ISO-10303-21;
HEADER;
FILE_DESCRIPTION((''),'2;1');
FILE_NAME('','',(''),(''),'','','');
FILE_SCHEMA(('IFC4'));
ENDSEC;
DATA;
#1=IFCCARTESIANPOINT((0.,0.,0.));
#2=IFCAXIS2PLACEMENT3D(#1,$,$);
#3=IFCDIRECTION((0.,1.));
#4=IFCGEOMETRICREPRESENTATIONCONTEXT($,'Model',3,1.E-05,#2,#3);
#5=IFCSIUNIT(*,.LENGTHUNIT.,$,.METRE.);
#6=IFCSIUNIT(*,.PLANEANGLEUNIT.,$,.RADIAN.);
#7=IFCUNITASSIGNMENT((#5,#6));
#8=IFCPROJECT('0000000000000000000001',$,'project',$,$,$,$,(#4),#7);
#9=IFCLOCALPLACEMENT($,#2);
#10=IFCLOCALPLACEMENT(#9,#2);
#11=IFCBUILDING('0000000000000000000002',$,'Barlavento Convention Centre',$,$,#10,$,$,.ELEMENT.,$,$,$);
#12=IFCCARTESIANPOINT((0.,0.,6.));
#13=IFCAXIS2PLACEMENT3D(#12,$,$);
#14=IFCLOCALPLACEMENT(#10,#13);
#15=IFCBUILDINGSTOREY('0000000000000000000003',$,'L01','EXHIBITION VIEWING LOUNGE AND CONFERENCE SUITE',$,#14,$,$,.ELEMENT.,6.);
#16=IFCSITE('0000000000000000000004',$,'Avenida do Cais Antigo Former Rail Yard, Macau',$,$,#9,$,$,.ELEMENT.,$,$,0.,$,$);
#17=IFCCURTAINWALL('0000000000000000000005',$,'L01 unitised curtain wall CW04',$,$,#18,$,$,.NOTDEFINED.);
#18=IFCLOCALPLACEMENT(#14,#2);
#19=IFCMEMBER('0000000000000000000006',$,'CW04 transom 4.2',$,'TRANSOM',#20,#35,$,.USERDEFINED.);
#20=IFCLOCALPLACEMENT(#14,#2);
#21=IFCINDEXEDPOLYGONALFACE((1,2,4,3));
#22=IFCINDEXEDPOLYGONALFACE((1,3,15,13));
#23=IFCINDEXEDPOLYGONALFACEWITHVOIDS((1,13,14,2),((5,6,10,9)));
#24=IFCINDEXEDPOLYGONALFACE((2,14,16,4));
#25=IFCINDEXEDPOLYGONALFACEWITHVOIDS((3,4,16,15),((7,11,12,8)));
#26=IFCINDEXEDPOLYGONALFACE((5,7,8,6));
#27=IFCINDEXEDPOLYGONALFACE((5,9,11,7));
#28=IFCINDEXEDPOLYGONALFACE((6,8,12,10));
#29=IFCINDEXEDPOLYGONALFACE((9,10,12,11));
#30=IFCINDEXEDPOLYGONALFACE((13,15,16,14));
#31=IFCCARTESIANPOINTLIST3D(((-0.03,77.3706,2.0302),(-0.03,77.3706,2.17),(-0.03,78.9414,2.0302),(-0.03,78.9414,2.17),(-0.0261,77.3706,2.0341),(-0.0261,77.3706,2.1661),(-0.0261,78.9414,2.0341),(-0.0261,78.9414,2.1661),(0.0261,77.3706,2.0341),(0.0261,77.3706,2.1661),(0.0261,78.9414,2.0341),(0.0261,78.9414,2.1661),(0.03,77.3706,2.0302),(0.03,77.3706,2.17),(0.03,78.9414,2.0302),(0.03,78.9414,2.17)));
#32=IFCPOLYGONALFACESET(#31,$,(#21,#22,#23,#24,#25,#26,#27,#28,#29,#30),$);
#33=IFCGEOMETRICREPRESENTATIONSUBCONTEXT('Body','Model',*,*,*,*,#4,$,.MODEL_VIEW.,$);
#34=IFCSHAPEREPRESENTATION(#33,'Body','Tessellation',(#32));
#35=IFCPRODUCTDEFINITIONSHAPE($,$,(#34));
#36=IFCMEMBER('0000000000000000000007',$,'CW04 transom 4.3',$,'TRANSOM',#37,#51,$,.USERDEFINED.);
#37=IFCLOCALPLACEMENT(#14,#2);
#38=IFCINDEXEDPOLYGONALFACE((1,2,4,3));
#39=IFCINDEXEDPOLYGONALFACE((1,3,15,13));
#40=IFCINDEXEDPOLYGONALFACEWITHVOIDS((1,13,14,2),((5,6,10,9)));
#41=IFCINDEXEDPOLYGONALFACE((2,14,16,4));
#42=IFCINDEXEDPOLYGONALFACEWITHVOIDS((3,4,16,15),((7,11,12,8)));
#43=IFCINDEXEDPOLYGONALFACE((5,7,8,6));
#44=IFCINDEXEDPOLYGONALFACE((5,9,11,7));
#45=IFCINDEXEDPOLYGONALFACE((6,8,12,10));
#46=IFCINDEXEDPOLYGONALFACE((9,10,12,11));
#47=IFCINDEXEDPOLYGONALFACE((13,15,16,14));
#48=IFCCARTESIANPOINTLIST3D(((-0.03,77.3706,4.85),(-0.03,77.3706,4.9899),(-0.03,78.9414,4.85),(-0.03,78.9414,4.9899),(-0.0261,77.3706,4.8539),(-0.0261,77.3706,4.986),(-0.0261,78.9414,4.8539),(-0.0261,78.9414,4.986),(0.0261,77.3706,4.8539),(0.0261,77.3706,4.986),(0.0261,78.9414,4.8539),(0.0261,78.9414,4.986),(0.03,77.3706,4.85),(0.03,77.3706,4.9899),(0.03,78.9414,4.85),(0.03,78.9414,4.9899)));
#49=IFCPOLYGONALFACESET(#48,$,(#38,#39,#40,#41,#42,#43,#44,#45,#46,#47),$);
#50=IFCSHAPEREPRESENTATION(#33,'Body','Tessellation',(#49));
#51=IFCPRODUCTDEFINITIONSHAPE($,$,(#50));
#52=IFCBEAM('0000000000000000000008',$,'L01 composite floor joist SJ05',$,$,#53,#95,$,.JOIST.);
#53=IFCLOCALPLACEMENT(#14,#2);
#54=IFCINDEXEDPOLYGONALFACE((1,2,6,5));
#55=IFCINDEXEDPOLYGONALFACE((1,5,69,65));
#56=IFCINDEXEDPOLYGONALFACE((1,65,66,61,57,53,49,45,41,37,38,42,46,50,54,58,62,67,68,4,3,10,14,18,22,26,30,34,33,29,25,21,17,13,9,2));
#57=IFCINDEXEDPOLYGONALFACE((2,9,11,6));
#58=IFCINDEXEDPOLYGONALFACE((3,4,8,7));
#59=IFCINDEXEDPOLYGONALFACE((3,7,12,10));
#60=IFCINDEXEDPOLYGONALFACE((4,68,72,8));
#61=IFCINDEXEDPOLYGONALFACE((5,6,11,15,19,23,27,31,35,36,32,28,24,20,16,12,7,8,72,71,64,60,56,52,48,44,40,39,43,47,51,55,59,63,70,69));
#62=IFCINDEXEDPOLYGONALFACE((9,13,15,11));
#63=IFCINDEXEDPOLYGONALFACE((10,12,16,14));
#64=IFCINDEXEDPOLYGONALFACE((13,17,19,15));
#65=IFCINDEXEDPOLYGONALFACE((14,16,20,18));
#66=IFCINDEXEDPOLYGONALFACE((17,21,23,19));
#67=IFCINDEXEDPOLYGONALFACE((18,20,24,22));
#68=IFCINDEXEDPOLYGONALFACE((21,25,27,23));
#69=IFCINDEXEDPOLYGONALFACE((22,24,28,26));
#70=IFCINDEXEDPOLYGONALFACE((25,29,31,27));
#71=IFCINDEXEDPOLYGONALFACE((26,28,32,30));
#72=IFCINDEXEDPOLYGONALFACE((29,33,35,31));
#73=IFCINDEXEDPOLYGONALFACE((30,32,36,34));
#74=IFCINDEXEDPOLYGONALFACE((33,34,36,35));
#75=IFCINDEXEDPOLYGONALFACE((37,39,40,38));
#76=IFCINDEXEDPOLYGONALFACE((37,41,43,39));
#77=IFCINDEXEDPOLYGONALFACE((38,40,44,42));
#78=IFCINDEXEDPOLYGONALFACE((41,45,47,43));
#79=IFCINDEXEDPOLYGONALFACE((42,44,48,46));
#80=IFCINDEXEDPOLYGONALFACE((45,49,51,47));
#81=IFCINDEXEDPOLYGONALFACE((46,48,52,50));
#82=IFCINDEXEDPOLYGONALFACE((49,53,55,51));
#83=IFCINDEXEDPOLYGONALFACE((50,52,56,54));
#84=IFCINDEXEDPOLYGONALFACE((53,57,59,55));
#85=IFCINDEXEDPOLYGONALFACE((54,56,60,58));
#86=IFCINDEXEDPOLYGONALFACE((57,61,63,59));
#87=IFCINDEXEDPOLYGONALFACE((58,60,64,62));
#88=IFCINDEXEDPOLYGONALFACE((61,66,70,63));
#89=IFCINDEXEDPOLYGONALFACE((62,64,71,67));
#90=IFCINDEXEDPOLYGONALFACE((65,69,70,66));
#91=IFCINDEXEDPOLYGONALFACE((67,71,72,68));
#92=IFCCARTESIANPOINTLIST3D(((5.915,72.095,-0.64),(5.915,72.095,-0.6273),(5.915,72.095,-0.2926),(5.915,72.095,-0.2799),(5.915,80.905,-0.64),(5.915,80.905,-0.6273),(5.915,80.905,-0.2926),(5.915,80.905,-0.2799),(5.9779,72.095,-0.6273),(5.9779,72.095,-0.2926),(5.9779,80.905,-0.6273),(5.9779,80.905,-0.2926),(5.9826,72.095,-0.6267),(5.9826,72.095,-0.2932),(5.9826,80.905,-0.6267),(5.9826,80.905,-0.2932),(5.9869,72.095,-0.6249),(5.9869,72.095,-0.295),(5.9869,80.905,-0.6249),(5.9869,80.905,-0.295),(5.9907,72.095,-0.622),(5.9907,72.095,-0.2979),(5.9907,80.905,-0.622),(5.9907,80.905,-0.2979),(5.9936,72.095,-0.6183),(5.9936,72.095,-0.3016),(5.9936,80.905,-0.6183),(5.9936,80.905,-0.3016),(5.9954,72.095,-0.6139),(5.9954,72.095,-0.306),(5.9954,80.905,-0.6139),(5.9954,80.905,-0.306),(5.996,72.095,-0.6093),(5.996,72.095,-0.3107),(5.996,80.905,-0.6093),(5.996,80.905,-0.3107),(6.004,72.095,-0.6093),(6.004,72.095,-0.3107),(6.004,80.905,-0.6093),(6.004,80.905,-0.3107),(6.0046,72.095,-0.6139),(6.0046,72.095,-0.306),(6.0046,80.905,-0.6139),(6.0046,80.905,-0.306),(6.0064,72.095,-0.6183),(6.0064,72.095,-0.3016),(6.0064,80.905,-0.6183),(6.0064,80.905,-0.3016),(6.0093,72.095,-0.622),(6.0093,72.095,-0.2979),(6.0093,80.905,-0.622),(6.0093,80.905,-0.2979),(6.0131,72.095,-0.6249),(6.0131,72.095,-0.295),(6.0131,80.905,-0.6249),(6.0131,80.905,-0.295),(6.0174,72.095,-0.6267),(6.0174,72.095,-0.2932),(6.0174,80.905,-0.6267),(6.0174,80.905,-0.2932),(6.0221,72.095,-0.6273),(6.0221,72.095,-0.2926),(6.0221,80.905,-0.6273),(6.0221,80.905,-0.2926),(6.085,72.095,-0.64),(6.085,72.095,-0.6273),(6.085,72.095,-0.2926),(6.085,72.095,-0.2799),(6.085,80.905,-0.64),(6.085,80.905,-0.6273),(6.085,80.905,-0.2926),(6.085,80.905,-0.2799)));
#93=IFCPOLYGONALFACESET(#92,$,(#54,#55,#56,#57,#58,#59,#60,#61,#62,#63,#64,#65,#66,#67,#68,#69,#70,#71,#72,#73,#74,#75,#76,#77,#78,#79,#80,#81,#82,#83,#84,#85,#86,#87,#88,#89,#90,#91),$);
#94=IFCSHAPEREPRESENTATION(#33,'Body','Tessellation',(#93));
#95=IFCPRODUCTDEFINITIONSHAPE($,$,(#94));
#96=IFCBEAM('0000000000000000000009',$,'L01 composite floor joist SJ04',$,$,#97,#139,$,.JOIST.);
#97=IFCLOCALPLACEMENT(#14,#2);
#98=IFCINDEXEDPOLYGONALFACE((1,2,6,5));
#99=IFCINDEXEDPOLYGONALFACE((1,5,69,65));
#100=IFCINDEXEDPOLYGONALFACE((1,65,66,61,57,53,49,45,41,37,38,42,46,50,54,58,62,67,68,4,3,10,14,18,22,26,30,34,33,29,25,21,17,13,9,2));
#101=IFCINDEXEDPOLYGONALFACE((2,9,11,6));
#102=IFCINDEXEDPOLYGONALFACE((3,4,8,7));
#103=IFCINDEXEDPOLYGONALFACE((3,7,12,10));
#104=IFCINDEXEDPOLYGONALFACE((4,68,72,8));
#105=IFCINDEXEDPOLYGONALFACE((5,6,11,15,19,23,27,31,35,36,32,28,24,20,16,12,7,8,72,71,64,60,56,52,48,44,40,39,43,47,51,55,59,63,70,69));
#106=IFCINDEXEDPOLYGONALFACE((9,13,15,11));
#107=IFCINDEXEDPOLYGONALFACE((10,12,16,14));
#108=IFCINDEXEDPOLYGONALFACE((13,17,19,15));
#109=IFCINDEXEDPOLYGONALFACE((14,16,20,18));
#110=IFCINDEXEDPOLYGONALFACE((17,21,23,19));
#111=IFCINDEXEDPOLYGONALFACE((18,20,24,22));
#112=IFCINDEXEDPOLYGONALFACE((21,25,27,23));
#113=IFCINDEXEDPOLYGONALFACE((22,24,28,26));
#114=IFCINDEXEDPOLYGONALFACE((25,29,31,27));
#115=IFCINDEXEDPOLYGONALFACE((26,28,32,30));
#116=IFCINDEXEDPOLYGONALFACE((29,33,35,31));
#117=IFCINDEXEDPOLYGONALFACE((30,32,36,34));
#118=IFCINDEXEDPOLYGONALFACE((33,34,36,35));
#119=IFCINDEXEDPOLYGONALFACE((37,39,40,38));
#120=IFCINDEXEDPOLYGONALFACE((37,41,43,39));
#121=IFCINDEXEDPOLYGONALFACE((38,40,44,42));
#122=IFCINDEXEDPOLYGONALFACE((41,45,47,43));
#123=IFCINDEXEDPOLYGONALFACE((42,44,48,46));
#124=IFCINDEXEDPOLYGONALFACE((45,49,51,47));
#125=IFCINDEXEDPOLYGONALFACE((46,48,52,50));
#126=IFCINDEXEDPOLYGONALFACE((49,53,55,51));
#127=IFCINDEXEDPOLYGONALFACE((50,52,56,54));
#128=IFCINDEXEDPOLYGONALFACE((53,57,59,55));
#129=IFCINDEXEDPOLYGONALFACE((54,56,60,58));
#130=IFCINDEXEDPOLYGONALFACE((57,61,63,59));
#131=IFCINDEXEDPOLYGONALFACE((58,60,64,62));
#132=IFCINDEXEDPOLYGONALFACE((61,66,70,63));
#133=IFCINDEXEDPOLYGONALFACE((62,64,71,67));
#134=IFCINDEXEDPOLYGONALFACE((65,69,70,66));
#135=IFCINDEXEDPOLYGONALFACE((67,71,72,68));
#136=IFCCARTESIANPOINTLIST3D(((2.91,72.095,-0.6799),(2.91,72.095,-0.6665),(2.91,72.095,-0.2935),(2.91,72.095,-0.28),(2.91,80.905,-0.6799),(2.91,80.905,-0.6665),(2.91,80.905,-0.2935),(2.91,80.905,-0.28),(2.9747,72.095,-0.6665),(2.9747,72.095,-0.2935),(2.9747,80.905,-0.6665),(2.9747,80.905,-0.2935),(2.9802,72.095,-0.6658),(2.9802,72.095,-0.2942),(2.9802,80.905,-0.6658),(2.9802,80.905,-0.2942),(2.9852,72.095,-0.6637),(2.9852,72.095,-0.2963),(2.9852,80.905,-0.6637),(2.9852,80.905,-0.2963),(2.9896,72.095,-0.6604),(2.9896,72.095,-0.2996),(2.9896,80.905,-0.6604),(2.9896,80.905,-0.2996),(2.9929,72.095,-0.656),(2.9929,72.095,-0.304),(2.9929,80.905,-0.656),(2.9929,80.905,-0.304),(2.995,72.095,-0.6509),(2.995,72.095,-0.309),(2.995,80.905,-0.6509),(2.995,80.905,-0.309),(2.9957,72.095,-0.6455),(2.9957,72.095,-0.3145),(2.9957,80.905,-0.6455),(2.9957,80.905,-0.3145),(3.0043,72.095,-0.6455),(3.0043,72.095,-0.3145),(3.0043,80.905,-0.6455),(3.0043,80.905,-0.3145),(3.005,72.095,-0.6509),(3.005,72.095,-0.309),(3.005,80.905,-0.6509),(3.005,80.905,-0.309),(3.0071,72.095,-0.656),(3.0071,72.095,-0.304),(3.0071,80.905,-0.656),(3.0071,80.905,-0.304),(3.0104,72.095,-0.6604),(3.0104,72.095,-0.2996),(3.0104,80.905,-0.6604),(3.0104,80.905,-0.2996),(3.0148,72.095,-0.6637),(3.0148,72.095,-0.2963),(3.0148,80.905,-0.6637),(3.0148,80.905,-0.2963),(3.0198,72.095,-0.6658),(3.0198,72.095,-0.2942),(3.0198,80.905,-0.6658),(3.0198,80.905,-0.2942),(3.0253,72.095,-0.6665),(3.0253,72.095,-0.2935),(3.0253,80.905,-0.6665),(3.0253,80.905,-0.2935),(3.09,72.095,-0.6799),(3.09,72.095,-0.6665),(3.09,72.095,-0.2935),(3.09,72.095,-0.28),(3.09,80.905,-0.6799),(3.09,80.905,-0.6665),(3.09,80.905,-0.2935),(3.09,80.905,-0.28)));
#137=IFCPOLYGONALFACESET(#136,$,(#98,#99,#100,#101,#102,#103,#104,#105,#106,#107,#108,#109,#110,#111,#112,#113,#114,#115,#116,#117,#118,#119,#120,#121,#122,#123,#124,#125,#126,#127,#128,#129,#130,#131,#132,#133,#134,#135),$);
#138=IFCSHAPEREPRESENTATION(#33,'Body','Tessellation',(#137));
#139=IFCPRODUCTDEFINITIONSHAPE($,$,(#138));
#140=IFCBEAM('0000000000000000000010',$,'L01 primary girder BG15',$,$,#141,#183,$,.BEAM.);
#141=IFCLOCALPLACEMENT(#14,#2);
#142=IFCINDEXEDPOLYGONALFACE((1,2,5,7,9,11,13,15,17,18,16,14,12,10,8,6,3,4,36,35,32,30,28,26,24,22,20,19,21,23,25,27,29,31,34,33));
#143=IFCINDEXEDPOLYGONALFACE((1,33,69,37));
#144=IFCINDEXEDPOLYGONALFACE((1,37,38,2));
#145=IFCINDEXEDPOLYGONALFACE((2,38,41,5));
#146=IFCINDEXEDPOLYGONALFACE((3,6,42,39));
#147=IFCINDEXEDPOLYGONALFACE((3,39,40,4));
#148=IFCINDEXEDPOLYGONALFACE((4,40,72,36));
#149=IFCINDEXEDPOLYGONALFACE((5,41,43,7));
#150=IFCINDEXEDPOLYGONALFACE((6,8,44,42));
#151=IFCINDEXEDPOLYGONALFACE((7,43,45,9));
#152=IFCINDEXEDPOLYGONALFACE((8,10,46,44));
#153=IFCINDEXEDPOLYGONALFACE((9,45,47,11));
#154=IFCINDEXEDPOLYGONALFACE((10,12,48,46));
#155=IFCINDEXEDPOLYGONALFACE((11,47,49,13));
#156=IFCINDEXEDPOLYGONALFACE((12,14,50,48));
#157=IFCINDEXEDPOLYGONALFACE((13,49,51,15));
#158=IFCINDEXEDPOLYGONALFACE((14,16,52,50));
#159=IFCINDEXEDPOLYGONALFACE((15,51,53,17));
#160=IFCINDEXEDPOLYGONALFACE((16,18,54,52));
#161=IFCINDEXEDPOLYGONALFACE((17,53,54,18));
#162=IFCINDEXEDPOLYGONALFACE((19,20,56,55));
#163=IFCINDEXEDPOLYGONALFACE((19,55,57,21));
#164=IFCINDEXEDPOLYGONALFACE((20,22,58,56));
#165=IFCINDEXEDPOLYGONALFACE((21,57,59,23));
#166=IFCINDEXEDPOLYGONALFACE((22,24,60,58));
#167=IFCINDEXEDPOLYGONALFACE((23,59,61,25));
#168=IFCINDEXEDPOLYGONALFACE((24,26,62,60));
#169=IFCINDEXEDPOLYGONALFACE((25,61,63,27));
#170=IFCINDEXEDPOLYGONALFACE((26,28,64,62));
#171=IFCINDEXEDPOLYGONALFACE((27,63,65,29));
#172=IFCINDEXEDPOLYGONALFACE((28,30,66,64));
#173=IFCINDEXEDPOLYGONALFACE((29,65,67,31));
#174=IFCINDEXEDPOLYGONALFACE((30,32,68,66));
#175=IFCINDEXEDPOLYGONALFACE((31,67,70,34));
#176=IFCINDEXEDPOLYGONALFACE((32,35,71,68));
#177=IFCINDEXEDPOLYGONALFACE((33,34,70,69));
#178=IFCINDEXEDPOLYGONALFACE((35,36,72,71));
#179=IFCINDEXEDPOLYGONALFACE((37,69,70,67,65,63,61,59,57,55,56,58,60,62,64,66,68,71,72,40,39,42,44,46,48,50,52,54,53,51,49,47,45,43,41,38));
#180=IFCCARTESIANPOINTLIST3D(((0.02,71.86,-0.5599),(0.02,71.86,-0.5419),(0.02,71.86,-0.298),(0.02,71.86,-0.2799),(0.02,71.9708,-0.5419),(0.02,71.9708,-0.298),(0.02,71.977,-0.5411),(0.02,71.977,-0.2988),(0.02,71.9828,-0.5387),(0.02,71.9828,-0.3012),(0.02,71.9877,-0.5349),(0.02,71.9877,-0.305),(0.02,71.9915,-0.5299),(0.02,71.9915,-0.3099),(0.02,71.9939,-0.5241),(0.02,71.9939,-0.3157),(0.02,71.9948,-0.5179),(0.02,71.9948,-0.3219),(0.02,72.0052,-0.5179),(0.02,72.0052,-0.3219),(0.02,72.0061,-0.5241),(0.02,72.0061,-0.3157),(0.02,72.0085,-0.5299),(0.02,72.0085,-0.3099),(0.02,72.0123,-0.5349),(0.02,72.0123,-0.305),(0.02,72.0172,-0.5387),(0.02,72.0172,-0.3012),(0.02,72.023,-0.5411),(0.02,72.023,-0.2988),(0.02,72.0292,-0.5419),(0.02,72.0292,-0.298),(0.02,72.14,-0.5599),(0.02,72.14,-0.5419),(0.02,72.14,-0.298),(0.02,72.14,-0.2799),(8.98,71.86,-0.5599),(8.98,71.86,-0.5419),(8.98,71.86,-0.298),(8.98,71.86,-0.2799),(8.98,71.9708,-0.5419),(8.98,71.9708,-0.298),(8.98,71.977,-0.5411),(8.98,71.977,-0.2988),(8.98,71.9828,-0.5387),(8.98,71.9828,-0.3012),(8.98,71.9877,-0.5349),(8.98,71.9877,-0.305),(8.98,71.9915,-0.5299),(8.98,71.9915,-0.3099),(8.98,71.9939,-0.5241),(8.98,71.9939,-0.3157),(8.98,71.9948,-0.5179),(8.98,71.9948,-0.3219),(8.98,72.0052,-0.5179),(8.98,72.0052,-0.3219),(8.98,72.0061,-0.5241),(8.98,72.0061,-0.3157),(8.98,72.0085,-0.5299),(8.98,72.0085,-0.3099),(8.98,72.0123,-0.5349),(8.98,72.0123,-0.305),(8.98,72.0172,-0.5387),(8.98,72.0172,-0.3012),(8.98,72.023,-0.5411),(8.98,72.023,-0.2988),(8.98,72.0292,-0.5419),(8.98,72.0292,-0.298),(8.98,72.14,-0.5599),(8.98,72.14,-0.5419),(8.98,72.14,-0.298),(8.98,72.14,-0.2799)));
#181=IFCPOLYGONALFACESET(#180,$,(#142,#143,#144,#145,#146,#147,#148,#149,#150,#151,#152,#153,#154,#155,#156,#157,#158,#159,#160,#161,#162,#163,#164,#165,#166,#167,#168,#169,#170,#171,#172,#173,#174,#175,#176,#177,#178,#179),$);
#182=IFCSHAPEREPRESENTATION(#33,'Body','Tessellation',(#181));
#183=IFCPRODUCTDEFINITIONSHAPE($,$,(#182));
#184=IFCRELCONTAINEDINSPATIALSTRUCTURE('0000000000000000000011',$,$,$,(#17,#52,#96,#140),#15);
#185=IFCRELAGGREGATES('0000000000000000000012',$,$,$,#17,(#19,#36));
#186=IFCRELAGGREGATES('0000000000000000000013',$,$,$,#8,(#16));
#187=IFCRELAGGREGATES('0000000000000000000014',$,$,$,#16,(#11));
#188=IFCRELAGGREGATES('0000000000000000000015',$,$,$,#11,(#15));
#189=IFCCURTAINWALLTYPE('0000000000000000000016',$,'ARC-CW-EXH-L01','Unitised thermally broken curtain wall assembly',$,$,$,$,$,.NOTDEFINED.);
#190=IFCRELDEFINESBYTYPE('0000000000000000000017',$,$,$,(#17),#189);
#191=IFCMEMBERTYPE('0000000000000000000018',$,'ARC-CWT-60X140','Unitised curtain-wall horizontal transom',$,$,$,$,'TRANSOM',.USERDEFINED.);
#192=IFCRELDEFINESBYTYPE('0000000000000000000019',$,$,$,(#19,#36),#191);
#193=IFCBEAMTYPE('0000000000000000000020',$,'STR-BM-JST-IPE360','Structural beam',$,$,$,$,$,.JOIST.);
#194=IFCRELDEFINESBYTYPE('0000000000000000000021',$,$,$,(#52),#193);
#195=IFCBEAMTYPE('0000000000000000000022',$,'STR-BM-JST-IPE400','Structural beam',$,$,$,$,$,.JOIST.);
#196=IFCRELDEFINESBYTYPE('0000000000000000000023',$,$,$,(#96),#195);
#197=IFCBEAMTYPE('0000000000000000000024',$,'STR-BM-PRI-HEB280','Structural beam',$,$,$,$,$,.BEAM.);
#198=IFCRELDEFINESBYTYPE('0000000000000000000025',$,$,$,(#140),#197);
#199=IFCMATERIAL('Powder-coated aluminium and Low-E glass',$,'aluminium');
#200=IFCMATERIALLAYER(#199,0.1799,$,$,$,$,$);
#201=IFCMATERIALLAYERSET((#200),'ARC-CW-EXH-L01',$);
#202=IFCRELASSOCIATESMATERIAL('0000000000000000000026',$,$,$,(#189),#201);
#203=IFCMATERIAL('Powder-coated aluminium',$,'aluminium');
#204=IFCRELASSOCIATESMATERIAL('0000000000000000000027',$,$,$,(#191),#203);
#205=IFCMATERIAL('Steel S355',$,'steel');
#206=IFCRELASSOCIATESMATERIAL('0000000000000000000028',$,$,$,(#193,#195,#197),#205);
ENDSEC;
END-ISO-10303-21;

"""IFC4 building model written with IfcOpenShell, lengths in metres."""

from ifc_helpers import new_model, si_unit, direction, frame, origin, origin_2d, place, context, subcontext, project, spatial, hollow_rectangle, i_section, extrude, material, layer, layer_set, material_profile, profile_set, type_object, element, aggregate, save


model = new_model("IFC4")

# Units and contexts
model_context = context("Model", 3, precision=1e-05, world=origin(), true_north=direction((0.0, 1.0)))
body_context = subcontext(model_context, "Body", "Model", "MODEL_VIEW")
ifc_project = project(units=[si_unit("LENGTHUNIT", "METRE"), si_unit("PLANEANGLEUNIT", "RADIAN")], contexts=[model_context])

# Site, building, storey
site_placement = place(None, origin())
site = spatial("IfcSite", under=ifc_project, at=site_placement, Name="Avenida do Cais Antigo Former Rail Yard, Macau", CompositionType="ELEMENT", RefElevation=0.0)
building_placement = place(site_placement, origin())
building = spatial("IfcBuilding", under=site, at=building_placement, Name="Barlavento Convention Centre", CompositionType="ELEMENT")
storey_placement = place(building_placement, frame((0.0, 0.0, 6.0)))
storey = spatial("IfcBuildingStorey", under=building, at=storey_placement, Name="L01", Description="EXHIBITION VIEWING LOUNGE AND CONFERENCE SUITE", CompositionType="ELEMENT", Elevation=6.0)

# Shared definitions
ifc_material_1 = material(Name="Steel S355", Category="steel")

# Curtain wall, members
ifc_material_2 = material(Name="Powder-coated aluminium and Low-E glass", Category="aluminium")
ifc_layer_1 = layer(ifc_material_2, 0.1799)
ifc_layer_set_1 = layer_set([ifc_layer_1], Name="ARC-CW-EXH-L01")
curtain_wall_type = type_object("IfcCurtainWallType", Name="ARC-CW-EXH-L01", Description="Unitised thermally broken curtain wall assembly", PredefinedType="NOTDEFINED", material=ifc_layer_set_1)
curtain_wall_placement = place(storey_placement, origin())
curtain_wall = element("IfcCurtainWall", 1, at=curtain_wall_placement, inside=storey, type_object=curtain_wall_type, Name="L01 unitised curtain wall CW04", PredefinedType="NOTDEFINED")
ifc_material_3 = material(Name="Powder-coated aluminium", Category="aluminium")
ifc_material_profile_1 = material_profile(ifc_material_3, hollow_rectangle(XDim=0.0601, YDim=0.1399, WallThickness=0.0039, at=origin_2d()), Name="AL-TRAN 60x140x4")
ifc_profile_set_1 = profile_set([ifc_material_profile_1], Name="Powder-coated aluminium")
member_type_1 = type_object("IfcMemberType", Name="ARC-CWT-60X140", Description="Unitised curtain-wall horizontal transom", ElementType="TRANSOM", PredefinedType="USERDEFINED", material=ifc_profile_set_1)
member_1_placement = place(storey_placement, frame((0.0, 77.3706, 2.1001), z_axis=(0.0, 1.0, 0.0), x_axis=(-1.0, 0.0, 0.0)))
member_1 = element("IfcMember", 2, at=member_1_placement, type_object=member_type_1, Name="CW04 transom 4.2", ObjectType="TRANSOM", PredefinedType="USERDEFINED", context=body_context, shape_type="SweptSolid", body=[
    extrude(hollow_rectangle(XDim=0.0601, YDim=0.1399, WallThickness=0.0039, at=origin_2d()), origin(), (0.0, 0.0, 1.0), 1.5708),
])
member_2_placement = place(storey_placement, frame((0.0, 77.3706, 4.9199), z_axis=(0.0, 1.0, 0.0), x_axis=(-1.0, 0.0, 0.0)))
member_2 = element("IfcMember", 3, at=member_2_placement, type_object=member_type_1, Name="CW04 transom 4.3", ObjectType="TRANSOM", PredefinedType="USERDEFINED", context=body_context, shape_type="SweptSolid", body=[
    extrude(hollow_rectangle(XDim=0.0601, YDim=0.1399, WallThickness=0.0039, at=origin_2d()), origin(), (0.0, 0.0, 1.0), 1.5708),
])

# Beams
ifc_material_profile_2 = material_profile(ifc_material_1, i_section(OverallWidth=0.1699, OverallDepth=0.3601, WebThickness=0.0081, FlangeThickness=0.0127, FilletRadius=0.0181, at=origin_2d()), Name="IPE 360")
ifc_profile_set_2 = profile_set([ifc_material_profile_2], Name="Steel S355")
beam_type_1 = type_object("IfcBeamType", Name="STR-BM-JST-IPE360", Description="Structural beam", PredefinedType="JOIST", material=ifc_profile_set_2)
beam_1_placement = place(storey_placement, frame((6.0, 72.095, -0.46), z_axis=(0.0, 1.0, 0.0), x_axis=(-1.0, 0.0, 0.0)))
element("IfcBeam", 4, at=beam_1_placement, inside=storey, type_object=beam_type_1, Name="L01 composite floor joist SJ05", PredefinedType="JOIST", context=body_context, shape_type="SweptSolid", body=[
    extrude(i_section(OverallWidth=0.1699, OverallDepth=0.3601, WebThickness=0.0081, FlangeThickness=0.0127, FilletRadius=0.0181, at=origin_2d()), origin(), (0.0, 0.0, 1.0), 8.8101),
])
ifc_material_profile_3 = material_profile(ifc_material_1, i_section(OverallWidth=0.1799, OverallDepth=0.3999, WebThickness=0.0085, FlangeThickness=0.0134, FilletRadius=0.021, at=origin_2d()), Name="IPE 400")
ifc_profile_set_3 = profile_set([ifc_material_profile_3], Name="Steel S355")
beam_type_2 = type_object("IfcBeamType", Name="STR-BM-JST-IPE400", Description="Structural beam", PredefinedType="JOIST", material=ifc_profile_set_3)
beam_2_placement = place(storey_placement, frame((3.0, 72.095, -0.48), z_axis=(0.0, 1.0, 0.0), x_axis=(-1.0, 0.0, 0.0)))
element("IfcBeam", 5, at=beam_2_placement, inside=storey, type_object=beam_type_2, Name="L01 composite floor joist SJ04", PredefinedType="JOIST", context=body_context, shape_type="SweptSolid", body=[
    extrude(i_section(OverallWidth=0.1799, OverallDepth=0.3999, WebThickness=0.0085, FlangeThickness=0.0134, FilletRadius=0.021, at=origin_2d()), origin(), (0.0, 0.0, 1.0), 8.8101),
])
ifc_material_profile_4 = material_profile(ifc_material_1, i_section(OverallWidth=0.28, OverallDepth=0.28, WebThickness=0.0105, FlangeThickness=0.0181, FilletRadius=0.0239, at=origin_2d()), Name="HEB 280")
ifc_profile_set_4 = profile_set([ifc_material_profile_4], Name="Steel S355")
beam_type_3 = type_object("IfcBeamType", Name="STR-BM-PRI-HEB280", Description="Structural beam", PredefinedType="BEAM", material=ifc_profile_set_4)
beam_3_placement = place(storey_placement, frame((0.02, 72.0, -0.4199), z_axis=(1.0, 0.0, 0.0), x_axis=(0.0, 1.0, 0.0)))
element("IfcBeam", 6, at=beam_3_placement, inside=storey, type_object=beam_type_3, Name="L01 primary girder BG15", PredefinedType="BEAM", context=body_context, shape_type="SweptSolid", body=[
    extrude(i_section(OverallWidth=0.28, OverallDepth=0.28, WebThickness=0.0105, FlangeThickness=0.0181, FilletRadius=0.0239, at=origin_2d()), origin(), (0.0, 0.0, 1.0), 8.96),
])

aggregate(curtain_wall, [member_1, member_2])

save(model, "model.ifc")
